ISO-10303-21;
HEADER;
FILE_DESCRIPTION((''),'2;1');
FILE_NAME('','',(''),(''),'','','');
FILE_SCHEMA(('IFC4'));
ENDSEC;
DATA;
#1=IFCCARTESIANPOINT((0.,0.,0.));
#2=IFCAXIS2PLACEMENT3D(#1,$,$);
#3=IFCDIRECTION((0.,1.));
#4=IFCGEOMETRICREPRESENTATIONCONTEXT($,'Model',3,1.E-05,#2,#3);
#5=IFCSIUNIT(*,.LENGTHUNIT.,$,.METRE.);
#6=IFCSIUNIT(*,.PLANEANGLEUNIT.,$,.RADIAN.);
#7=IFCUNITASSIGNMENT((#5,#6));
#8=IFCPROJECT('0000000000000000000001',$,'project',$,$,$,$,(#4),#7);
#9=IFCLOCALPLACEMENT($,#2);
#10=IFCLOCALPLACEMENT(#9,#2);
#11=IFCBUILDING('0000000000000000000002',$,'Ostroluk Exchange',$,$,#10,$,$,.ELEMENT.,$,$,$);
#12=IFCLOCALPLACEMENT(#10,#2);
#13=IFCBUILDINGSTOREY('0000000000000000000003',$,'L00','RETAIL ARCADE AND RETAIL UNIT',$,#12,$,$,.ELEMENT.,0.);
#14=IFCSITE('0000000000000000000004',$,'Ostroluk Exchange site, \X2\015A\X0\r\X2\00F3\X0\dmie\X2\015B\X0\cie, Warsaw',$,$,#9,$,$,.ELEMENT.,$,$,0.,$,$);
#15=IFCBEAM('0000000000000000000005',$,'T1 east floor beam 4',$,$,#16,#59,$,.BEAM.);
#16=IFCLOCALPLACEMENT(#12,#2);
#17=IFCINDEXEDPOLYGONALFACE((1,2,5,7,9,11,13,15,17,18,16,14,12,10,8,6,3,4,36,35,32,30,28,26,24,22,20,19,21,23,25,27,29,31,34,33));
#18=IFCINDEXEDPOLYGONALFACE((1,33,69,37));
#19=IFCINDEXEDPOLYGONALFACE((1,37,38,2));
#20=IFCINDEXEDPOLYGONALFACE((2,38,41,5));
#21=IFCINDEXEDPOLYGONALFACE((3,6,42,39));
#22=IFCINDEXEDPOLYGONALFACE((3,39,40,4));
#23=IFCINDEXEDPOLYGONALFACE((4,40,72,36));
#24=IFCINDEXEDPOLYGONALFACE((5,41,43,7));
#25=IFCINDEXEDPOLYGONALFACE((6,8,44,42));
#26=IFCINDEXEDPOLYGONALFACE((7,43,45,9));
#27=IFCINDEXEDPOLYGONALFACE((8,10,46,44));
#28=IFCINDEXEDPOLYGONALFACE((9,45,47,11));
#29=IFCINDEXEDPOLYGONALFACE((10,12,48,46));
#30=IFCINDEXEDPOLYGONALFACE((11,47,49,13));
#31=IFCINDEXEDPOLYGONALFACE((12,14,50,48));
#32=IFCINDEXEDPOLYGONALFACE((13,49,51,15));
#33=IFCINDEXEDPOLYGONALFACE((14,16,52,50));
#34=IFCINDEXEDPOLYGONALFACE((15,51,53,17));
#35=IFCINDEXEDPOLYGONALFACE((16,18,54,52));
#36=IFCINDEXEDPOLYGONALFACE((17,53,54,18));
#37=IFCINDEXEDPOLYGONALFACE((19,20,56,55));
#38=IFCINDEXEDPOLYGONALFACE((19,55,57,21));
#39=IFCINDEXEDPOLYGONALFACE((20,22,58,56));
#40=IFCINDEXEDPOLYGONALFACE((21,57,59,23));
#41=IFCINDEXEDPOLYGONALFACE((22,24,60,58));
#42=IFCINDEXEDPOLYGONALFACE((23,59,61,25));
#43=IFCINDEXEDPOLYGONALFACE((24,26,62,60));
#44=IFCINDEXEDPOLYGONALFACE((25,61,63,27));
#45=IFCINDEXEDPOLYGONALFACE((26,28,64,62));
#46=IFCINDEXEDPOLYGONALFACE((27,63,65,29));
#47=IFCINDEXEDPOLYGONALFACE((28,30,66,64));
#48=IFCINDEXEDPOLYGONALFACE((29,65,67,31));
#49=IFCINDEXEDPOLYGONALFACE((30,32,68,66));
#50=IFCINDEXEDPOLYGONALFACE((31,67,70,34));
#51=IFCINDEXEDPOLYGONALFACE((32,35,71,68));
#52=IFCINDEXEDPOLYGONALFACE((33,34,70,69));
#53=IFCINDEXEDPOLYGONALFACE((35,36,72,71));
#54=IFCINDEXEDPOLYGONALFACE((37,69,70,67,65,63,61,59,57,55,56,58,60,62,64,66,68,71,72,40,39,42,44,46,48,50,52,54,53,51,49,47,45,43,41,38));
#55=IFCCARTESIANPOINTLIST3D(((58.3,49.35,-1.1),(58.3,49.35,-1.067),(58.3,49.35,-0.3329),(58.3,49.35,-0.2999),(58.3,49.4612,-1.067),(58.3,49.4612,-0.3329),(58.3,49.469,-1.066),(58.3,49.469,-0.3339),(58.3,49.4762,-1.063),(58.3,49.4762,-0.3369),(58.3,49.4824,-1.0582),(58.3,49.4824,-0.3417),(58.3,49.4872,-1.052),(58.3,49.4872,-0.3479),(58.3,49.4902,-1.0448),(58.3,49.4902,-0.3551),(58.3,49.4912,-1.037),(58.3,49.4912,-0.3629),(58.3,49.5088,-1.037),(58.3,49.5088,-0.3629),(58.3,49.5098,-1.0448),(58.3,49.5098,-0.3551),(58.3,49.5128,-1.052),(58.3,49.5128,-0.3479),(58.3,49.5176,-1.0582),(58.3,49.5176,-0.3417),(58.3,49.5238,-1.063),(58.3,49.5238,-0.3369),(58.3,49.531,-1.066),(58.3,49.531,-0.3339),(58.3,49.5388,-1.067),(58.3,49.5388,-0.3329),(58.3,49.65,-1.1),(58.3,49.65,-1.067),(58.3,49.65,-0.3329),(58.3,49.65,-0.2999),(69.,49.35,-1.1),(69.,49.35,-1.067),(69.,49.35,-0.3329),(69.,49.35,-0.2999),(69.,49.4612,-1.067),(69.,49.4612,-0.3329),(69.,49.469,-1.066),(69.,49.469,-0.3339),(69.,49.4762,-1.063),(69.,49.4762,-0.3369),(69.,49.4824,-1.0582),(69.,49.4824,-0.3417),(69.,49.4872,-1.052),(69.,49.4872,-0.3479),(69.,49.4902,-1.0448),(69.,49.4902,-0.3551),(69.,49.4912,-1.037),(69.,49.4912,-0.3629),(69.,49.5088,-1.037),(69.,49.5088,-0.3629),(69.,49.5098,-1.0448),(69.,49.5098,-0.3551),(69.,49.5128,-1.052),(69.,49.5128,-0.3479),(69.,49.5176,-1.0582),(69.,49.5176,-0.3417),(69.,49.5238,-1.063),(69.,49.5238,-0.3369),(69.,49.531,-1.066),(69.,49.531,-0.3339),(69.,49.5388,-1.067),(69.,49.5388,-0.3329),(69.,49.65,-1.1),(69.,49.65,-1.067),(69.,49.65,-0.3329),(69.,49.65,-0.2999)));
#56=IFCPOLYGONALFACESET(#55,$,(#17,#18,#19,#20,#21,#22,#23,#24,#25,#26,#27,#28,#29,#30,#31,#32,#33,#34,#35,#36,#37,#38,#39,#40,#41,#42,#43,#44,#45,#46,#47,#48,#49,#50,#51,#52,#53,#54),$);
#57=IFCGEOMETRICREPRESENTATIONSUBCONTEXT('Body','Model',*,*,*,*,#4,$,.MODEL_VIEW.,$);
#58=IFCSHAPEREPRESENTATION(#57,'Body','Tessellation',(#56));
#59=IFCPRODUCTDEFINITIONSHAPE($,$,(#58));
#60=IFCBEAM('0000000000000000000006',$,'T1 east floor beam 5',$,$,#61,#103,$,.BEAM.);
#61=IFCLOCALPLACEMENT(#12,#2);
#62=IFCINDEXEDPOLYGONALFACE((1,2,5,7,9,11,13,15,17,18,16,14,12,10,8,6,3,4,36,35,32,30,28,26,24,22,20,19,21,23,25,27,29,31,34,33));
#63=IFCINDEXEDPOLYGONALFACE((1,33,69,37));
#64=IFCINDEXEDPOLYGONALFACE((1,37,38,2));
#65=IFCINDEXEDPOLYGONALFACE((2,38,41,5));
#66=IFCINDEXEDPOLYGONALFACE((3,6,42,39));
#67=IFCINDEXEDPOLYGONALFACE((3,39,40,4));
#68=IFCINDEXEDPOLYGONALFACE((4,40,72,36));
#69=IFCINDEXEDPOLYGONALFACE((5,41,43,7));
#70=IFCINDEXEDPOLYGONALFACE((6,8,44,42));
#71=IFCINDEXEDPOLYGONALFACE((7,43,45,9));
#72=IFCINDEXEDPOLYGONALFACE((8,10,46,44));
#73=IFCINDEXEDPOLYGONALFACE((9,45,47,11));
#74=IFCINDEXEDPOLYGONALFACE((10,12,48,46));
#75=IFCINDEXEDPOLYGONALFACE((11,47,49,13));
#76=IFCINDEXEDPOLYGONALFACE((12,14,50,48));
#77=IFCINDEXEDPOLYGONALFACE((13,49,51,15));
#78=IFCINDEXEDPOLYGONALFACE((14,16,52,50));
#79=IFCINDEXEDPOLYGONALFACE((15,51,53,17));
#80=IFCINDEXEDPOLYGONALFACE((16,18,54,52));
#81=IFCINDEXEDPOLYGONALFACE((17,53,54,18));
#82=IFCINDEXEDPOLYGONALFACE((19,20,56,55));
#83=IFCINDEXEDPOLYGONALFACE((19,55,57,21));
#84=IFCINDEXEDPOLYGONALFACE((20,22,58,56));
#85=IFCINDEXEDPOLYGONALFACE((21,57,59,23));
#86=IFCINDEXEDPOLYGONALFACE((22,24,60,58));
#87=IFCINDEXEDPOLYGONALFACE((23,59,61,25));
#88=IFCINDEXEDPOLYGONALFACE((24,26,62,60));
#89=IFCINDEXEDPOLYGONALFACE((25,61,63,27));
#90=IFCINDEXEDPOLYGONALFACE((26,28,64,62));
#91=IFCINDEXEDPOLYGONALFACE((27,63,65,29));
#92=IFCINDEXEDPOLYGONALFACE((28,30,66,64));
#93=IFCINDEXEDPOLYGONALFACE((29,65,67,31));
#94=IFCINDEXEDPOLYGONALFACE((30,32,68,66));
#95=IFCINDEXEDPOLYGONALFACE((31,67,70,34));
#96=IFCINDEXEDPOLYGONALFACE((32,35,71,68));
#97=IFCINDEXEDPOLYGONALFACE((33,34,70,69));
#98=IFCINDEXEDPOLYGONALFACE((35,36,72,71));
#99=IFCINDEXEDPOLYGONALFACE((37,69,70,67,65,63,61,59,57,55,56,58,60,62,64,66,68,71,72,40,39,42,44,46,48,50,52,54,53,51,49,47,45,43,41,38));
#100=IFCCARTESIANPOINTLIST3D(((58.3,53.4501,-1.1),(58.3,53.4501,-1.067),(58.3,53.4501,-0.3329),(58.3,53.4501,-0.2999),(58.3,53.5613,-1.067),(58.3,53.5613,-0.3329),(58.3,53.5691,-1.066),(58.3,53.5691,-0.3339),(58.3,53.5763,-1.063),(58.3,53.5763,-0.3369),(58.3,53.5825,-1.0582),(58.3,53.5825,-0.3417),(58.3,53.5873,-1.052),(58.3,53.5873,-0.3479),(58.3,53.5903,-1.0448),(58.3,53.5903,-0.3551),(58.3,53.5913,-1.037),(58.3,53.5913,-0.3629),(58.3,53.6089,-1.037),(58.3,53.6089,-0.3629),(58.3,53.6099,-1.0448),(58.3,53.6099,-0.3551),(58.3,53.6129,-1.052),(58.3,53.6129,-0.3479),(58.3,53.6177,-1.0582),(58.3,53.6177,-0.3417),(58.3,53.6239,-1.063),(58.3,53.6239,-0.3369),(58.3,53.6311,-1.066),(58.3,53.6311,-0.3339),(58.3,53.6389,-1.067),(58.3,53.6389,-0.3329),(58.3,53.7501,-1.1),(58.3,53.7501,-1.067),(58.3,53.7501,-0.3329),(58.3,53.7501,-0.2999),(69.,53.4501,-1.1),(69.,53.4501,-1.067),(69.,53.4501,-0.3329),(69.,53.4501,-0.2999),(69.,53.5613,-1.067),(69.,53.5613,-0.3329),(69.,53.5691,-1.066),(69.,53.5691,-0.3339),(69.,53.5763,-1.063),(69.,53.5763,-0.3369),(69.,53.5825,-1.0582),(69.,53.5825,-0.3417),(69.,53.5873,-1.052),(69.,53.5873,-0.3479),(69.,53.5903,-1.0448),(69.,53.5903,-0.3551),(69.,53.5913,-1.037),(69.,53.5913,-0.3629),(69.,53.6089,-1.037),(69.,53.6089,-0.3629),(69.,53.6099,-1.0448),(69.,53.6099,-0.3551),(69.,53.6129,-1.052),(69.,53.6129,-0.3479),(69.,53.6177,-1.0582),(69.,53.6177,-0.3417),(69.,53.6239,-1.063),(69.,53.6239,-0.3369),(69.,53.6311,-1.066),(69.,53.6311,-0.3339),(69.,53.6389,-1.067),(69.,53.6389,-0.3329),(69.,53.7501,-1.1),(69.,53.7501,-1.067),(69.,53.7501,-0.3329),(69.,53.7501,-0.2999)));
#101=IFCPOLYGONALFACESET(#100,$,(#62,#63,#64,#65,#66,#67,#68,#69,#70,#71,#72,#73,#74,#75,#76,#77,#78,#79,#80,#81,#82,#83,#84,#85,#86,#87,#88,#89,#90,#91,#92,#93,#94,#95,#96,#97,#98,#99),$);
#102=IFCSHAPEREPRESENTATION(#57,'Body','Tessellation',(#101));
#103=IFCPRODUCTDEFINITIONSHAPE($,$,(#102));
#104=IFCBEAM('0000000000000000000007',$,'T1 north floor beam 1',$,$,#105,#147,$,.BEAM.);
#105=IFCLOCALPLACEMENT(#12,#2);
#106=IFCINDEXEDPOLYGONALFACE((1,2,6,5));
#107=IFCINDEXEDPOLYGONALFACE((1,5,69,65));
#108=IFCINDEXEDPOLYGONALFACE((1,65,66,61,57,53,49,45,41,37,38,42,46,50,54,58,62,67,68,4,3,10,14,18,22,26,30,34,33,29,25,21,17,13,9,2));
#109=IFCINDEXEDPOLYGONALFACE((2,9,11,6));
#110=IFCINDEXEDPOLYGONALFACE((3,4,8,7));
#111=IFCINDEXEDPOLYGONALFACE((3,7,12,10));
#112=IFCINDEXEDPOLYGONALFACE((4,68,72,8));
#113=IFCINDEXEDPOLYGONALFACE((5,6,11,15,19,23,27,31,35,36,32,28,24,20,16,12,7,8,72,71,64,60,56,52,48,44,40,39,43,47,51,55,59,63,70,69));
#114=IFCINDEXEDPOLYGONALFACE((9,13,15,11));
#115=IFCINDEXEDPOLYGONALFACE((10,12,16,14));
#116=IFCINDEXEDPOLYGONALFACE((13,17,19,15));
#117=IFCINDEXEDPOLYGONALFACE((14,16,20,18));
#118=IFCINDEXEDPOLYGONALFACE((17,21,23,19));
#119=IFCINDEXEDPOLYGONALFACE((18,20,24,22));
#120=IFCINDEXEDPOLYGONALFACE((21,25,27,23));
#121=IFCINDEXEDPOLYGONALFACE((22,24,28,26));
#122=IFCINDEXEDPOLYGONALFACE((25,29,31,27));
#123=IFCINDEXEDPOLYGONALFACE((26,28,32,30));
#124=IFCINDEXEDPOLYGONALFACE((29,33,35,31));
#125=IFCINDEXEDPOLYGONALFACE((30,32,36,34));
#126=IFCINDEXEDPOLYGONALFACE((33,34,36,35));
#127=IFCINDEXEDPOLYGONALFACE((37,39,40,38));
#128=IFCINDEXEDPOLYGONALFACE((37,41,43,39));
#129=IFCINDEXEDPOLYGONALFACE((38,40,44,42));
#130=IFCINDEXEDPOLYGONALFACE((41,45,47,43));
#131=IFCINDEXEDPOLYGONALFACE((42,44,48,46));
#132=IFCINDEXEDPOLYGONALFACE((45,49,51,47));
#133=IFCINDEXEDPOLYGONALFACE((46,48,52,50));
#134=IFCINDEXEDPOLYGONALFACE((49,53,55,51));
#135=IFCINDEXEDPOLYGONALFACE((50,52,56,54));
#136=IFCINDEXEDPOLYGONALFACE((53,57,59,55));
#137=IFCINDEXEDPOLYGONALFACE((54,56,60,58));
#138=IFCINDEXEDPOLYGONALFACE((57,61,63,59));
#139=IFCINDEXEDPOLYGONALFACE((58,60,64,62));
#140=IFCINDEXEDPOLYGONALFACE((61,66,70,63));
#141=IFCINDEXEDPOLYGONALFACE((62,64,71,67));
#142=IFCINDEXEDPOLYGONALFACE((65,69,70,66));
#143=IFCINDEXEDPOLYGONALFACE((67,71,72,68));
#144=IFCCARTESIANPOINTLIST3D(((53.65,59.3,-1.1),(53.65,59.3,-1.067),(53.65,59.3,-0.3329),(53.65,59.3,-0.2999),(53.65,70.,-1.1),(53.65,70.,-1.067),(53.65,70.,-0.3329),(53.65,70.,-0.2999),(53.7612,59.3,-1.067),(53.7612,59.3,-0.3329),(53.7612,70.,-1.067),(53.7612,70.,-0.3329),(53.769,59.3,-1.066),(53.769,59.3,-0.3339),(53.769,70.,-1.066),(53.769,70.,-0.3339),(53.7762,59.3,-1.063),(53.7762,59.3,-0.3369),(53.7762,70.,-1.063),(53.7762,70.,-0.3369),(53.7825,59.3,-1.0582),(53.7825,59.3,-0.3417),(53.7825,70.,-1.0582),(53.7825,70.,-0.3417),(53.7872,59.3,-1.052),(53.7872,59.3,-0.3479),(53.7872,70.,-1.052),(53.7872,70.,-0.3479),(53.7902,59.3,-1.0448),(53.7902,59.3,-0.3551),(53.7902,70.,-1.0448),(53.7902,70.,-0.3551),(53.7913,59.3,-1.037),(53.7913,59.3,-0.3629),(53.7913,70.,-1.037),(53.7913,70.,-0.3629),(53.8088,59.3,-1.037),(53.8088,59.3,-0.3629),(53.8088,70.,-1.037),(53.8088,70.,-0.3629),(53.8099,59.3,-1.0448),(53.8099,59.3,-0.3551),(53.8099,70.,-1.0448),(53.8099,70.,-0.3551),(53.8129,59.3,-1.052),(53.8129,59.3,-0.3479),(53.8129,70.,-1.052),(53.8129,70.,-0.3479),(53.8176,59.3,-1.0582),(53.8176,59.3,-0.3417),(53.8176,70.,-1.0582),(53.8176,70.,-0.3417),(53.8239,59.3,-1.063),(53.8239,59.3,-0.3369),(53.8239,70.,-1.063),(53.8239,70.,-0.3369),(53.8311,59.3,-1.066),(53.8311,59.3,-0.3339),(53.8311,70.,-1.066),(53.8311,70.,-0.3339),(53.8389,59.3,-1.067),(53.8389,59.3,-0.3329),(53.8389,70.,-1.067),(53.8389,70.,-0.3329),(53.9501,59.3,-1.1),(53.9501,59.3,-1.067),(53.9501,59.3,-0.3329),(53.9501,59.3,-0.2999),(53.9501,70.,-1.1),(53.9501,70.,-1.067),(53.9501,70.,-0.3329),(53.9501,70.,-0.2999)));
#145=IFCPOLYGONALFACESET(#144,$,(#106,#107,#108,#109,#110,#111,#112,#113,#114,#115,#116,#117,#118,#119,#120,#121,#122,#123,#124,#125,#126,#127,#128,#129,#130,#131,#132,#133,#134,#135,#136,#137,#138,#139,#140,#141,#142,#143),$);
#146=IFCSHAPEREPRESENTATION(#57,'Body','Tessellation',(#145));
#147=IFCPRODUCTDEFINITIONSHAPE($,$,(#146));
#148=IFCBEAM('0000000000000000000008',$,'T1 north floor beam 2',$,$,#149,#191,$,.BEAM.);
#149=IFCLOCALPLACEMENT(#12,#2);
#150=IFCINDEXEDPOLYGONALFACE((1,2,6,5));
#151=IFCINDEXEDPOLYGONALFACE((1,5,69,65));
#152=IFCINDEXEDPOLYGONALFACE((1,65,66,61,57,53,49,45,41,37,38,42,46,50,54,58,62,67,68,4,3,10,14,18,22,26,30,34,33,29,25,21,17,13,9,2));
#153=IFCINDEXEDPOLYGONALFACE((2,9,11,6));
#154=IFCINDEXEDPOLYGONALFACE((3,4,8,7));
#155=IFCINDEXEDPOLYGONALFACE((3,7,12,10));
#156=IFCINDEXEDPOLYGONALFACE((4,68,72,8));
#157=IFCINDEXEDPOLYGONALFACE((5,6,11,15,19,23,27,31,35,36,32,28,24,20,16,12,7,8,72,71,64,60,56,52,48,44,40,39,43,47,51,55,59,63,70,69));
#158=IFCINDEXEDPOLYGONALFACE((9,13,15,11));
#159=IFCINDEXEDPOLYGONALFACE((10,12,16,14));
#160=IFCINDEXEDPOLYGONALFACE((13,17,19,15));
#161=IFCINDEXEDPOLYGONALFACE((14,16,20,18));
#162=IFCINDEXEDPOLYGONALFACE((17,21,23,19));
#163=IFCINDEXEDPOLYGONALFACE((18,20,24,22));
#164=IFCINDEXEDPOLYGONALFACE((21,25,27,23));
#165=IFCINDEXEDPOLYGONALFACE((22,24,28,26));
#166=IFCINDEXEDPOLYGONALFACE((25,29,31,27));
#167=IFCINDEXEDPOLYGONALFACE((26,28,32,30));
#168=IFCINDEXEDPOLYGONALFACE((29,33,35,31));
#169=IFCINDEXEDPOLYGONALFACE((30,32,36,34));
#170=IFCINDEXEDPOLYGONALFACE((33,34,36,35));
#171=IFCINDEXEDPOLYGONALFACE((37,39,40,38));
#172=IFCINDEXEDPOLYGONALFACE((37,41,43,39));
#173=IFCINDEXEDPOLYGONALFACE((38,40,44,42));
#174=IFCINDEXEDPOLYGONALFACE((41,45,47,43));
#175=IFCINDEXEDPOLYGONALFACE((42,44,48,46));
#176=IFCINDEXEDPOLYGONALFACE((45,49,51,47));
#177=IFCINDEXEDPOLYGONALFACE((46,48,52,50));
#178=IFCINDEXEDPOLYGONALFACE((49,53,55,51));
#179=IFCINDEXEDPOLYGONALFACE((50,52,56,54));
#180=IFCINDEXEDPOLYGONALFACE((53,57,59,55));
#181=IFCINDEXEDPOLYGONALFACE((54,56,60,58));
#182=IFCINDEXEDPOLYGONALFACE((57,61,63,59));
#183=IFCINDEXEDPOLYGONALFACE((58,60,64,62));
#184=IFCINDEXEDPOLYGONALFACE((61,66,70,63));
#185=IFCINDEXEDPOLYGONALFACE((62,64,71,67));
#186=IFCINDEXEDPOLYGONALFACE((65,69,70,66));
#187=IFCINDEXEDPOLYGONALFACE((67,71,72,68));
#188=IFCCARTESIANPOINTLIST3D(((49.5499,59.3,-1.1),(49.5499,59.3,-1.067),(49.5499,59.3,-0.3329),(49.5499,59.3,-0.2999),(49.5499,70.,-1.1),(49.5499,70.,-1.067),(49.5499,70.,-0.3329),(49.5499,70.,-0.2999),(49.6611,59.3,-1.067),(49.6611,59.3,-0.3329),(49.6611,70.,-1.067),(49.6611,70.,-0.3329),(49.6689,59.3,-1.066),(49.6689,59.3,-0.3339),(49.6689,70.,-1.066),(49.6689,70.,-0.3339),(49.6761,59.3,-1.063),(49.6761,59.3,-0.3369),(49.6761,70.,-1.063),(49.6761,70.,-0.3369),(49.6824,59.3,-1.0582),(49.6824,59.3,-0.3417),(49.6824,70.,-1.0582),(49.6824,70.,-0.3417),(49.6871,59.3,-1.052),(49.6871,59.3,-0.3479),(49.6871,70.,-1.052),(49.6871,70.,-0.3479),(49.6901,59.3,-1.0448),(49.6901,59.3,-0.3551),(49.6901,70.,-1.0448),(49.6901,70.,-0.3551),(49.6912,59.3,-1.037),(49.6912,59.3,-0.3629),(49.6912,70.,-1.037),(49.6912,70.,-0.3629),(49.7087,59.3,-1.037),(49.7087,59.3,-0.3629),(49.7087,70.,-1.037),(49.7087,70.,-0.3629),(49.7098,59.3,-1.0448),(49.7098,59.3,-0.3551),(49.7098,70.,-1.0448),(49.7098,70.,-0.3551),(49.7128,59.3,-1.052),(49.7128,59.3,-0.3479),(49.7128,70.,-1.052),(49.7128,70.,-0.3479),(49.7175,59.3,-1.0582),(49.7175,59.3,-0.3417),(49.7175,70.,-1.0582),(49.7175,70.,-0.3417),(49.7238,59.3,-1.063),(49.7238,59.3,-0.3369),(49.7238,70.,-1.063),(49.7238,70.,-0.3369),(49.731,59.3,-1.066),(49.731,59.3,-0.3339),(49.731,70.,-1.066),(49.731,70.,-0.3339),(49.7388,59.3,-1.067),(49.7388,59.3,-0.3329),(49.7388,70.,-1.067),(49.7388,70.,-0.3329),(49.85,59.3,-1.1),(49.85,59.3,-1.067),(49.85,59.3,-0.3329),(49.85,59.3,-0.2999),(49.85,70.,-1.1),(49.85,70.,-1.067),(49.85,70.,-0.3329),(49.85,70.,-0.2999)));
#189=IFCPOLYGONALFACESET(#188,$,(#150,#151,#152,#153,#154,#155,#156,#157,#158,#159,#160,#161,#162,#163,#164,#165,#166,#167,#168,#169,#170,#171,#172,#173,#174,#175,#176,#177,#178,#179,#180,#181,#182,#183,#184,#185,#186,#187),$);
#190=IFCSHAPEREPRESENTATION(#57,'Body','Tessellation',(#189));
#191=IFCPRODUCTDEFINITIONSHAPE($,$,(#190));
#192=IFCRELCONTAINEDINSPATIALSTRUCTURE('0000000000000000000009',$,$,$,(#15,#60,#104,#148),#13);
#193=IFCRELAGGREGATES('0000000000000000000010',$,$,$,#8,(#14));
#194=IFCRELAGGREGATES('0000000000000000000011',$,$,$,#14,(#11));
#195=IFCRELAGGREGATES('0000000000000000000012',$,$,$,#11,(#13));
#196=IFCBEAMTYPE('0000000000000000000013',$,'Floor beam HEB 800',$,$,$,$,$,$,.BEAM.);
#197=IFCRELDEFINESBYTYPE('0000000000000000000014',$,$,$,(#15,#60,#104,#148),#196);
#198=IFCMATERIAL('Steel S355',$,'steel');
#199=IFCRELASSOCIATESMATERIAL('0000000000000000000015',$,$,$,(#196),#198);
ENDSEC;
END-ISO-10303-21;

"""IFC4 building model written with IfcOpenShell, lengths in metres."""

from ifc_helpers import new_model, si_unit, direction, frame, origin, origin_2d, place, context, subcontext, project, spatial, i_section, extrude, material, material_profile, profile_set, type_object, element, save


model = new_model("IFC4")

# Units and contexts
model_context = context("Model", 3, precision=1e-05, world=origin(), true_north=direction((0.0, 1.0)))
body_context = subcontext(model_context, "Body", "Model", "MODEL_VIEW")
ifc_project = project(units=[si_unit("LENGTHUNIT", "METRE"), si_unit("PLANEANGLEUNIT", "RADIAN")], contexts=[model_context])

# Site, building, storey
site_placement = place(None, origin())
site = spatial("IfcSite", under=ifc_project, at=site_placement, Name="Ostroluk Exchange site, Śródmieście, Warsaw", CompositionType="ELEMENT", RefElevation=0.0)
building_placement = place(site_placement, origin())
building = spatial("IfcBuilding", under=site, at=building_placement, Name="Ostroluk Exchange", CompositionType="ELEMENT")
storey_placement = place(building_placement, origin())
storey = spatial("IfcBuildingStorey", under=building, at=storey_placement, Name="L00", Description="RETAIL ARCADE AND RETAIL UNIT", CompositionType="ELEMENT", Elevation=0.0)

# Beams
ifc_material_1 = material(Name="Steel S355", Category="steel")
ifc_material_profile_1 = material_profile(ifc_material_1, i_section(OverallWidth=0.3, OverallDepth=0.8, WebThickness=0.0176, FlangeThickness=0.033, FilletRadius=0.03, at=origin_2d()), Name="HEB 800")
ifc_profile_set_1 = profile_set([ifc_material_profile_1], Name="Steel S355")
beam_type_1 = type_object("IfcBeamType", Name="Floor beam HEB 800", PredefinedType="BEAM", material=ifc_profile_set_1)
for number, where, z_axis, x_axis, name in (
    (1, (58.3, 49.5, -0.7), (1.0, 0.0, 0.0), (0.0, 1.0, 0.0), "T1 east floor beam 4"),
    (2, (58.3, 53.6001, -0.7), (1.0, 0.0, 0.0), (0.0, 1.0, 0.0), "T1 east floor beam 5"),
    (3, (53.8, 59.3, -0.7), (0.0, 1.0, 0.0), (-1.0, 0.0, 0.0), "T1 north floor beam 1"),
    (4, (49.7, 59.3, -0.7), (0.0, 1.0, 0.0), (-1.0, 0.0, 0.0), "T1 north floor beam 2"),
):
    element("IfcBeam", number, at=place(storey_placement, frame(where, z_axis=z_axis, x_axis=x_axis)), inside=storey, type_object=beam_type_1, Name=name, PredefinedType="BEAM", context=body_context, shape_type="SweptSolid", body=[
        extrude(i_section(OverallWidth=0.3, OverallDepth=0.8, WebThickness=0.0176, FlangeThickness=0.033, FilletRadius=0.03, at=origin_2d()), origin(), (0.0, 0.0, 1.0), 10.7),
    ])

save(model, "model.ifc")
